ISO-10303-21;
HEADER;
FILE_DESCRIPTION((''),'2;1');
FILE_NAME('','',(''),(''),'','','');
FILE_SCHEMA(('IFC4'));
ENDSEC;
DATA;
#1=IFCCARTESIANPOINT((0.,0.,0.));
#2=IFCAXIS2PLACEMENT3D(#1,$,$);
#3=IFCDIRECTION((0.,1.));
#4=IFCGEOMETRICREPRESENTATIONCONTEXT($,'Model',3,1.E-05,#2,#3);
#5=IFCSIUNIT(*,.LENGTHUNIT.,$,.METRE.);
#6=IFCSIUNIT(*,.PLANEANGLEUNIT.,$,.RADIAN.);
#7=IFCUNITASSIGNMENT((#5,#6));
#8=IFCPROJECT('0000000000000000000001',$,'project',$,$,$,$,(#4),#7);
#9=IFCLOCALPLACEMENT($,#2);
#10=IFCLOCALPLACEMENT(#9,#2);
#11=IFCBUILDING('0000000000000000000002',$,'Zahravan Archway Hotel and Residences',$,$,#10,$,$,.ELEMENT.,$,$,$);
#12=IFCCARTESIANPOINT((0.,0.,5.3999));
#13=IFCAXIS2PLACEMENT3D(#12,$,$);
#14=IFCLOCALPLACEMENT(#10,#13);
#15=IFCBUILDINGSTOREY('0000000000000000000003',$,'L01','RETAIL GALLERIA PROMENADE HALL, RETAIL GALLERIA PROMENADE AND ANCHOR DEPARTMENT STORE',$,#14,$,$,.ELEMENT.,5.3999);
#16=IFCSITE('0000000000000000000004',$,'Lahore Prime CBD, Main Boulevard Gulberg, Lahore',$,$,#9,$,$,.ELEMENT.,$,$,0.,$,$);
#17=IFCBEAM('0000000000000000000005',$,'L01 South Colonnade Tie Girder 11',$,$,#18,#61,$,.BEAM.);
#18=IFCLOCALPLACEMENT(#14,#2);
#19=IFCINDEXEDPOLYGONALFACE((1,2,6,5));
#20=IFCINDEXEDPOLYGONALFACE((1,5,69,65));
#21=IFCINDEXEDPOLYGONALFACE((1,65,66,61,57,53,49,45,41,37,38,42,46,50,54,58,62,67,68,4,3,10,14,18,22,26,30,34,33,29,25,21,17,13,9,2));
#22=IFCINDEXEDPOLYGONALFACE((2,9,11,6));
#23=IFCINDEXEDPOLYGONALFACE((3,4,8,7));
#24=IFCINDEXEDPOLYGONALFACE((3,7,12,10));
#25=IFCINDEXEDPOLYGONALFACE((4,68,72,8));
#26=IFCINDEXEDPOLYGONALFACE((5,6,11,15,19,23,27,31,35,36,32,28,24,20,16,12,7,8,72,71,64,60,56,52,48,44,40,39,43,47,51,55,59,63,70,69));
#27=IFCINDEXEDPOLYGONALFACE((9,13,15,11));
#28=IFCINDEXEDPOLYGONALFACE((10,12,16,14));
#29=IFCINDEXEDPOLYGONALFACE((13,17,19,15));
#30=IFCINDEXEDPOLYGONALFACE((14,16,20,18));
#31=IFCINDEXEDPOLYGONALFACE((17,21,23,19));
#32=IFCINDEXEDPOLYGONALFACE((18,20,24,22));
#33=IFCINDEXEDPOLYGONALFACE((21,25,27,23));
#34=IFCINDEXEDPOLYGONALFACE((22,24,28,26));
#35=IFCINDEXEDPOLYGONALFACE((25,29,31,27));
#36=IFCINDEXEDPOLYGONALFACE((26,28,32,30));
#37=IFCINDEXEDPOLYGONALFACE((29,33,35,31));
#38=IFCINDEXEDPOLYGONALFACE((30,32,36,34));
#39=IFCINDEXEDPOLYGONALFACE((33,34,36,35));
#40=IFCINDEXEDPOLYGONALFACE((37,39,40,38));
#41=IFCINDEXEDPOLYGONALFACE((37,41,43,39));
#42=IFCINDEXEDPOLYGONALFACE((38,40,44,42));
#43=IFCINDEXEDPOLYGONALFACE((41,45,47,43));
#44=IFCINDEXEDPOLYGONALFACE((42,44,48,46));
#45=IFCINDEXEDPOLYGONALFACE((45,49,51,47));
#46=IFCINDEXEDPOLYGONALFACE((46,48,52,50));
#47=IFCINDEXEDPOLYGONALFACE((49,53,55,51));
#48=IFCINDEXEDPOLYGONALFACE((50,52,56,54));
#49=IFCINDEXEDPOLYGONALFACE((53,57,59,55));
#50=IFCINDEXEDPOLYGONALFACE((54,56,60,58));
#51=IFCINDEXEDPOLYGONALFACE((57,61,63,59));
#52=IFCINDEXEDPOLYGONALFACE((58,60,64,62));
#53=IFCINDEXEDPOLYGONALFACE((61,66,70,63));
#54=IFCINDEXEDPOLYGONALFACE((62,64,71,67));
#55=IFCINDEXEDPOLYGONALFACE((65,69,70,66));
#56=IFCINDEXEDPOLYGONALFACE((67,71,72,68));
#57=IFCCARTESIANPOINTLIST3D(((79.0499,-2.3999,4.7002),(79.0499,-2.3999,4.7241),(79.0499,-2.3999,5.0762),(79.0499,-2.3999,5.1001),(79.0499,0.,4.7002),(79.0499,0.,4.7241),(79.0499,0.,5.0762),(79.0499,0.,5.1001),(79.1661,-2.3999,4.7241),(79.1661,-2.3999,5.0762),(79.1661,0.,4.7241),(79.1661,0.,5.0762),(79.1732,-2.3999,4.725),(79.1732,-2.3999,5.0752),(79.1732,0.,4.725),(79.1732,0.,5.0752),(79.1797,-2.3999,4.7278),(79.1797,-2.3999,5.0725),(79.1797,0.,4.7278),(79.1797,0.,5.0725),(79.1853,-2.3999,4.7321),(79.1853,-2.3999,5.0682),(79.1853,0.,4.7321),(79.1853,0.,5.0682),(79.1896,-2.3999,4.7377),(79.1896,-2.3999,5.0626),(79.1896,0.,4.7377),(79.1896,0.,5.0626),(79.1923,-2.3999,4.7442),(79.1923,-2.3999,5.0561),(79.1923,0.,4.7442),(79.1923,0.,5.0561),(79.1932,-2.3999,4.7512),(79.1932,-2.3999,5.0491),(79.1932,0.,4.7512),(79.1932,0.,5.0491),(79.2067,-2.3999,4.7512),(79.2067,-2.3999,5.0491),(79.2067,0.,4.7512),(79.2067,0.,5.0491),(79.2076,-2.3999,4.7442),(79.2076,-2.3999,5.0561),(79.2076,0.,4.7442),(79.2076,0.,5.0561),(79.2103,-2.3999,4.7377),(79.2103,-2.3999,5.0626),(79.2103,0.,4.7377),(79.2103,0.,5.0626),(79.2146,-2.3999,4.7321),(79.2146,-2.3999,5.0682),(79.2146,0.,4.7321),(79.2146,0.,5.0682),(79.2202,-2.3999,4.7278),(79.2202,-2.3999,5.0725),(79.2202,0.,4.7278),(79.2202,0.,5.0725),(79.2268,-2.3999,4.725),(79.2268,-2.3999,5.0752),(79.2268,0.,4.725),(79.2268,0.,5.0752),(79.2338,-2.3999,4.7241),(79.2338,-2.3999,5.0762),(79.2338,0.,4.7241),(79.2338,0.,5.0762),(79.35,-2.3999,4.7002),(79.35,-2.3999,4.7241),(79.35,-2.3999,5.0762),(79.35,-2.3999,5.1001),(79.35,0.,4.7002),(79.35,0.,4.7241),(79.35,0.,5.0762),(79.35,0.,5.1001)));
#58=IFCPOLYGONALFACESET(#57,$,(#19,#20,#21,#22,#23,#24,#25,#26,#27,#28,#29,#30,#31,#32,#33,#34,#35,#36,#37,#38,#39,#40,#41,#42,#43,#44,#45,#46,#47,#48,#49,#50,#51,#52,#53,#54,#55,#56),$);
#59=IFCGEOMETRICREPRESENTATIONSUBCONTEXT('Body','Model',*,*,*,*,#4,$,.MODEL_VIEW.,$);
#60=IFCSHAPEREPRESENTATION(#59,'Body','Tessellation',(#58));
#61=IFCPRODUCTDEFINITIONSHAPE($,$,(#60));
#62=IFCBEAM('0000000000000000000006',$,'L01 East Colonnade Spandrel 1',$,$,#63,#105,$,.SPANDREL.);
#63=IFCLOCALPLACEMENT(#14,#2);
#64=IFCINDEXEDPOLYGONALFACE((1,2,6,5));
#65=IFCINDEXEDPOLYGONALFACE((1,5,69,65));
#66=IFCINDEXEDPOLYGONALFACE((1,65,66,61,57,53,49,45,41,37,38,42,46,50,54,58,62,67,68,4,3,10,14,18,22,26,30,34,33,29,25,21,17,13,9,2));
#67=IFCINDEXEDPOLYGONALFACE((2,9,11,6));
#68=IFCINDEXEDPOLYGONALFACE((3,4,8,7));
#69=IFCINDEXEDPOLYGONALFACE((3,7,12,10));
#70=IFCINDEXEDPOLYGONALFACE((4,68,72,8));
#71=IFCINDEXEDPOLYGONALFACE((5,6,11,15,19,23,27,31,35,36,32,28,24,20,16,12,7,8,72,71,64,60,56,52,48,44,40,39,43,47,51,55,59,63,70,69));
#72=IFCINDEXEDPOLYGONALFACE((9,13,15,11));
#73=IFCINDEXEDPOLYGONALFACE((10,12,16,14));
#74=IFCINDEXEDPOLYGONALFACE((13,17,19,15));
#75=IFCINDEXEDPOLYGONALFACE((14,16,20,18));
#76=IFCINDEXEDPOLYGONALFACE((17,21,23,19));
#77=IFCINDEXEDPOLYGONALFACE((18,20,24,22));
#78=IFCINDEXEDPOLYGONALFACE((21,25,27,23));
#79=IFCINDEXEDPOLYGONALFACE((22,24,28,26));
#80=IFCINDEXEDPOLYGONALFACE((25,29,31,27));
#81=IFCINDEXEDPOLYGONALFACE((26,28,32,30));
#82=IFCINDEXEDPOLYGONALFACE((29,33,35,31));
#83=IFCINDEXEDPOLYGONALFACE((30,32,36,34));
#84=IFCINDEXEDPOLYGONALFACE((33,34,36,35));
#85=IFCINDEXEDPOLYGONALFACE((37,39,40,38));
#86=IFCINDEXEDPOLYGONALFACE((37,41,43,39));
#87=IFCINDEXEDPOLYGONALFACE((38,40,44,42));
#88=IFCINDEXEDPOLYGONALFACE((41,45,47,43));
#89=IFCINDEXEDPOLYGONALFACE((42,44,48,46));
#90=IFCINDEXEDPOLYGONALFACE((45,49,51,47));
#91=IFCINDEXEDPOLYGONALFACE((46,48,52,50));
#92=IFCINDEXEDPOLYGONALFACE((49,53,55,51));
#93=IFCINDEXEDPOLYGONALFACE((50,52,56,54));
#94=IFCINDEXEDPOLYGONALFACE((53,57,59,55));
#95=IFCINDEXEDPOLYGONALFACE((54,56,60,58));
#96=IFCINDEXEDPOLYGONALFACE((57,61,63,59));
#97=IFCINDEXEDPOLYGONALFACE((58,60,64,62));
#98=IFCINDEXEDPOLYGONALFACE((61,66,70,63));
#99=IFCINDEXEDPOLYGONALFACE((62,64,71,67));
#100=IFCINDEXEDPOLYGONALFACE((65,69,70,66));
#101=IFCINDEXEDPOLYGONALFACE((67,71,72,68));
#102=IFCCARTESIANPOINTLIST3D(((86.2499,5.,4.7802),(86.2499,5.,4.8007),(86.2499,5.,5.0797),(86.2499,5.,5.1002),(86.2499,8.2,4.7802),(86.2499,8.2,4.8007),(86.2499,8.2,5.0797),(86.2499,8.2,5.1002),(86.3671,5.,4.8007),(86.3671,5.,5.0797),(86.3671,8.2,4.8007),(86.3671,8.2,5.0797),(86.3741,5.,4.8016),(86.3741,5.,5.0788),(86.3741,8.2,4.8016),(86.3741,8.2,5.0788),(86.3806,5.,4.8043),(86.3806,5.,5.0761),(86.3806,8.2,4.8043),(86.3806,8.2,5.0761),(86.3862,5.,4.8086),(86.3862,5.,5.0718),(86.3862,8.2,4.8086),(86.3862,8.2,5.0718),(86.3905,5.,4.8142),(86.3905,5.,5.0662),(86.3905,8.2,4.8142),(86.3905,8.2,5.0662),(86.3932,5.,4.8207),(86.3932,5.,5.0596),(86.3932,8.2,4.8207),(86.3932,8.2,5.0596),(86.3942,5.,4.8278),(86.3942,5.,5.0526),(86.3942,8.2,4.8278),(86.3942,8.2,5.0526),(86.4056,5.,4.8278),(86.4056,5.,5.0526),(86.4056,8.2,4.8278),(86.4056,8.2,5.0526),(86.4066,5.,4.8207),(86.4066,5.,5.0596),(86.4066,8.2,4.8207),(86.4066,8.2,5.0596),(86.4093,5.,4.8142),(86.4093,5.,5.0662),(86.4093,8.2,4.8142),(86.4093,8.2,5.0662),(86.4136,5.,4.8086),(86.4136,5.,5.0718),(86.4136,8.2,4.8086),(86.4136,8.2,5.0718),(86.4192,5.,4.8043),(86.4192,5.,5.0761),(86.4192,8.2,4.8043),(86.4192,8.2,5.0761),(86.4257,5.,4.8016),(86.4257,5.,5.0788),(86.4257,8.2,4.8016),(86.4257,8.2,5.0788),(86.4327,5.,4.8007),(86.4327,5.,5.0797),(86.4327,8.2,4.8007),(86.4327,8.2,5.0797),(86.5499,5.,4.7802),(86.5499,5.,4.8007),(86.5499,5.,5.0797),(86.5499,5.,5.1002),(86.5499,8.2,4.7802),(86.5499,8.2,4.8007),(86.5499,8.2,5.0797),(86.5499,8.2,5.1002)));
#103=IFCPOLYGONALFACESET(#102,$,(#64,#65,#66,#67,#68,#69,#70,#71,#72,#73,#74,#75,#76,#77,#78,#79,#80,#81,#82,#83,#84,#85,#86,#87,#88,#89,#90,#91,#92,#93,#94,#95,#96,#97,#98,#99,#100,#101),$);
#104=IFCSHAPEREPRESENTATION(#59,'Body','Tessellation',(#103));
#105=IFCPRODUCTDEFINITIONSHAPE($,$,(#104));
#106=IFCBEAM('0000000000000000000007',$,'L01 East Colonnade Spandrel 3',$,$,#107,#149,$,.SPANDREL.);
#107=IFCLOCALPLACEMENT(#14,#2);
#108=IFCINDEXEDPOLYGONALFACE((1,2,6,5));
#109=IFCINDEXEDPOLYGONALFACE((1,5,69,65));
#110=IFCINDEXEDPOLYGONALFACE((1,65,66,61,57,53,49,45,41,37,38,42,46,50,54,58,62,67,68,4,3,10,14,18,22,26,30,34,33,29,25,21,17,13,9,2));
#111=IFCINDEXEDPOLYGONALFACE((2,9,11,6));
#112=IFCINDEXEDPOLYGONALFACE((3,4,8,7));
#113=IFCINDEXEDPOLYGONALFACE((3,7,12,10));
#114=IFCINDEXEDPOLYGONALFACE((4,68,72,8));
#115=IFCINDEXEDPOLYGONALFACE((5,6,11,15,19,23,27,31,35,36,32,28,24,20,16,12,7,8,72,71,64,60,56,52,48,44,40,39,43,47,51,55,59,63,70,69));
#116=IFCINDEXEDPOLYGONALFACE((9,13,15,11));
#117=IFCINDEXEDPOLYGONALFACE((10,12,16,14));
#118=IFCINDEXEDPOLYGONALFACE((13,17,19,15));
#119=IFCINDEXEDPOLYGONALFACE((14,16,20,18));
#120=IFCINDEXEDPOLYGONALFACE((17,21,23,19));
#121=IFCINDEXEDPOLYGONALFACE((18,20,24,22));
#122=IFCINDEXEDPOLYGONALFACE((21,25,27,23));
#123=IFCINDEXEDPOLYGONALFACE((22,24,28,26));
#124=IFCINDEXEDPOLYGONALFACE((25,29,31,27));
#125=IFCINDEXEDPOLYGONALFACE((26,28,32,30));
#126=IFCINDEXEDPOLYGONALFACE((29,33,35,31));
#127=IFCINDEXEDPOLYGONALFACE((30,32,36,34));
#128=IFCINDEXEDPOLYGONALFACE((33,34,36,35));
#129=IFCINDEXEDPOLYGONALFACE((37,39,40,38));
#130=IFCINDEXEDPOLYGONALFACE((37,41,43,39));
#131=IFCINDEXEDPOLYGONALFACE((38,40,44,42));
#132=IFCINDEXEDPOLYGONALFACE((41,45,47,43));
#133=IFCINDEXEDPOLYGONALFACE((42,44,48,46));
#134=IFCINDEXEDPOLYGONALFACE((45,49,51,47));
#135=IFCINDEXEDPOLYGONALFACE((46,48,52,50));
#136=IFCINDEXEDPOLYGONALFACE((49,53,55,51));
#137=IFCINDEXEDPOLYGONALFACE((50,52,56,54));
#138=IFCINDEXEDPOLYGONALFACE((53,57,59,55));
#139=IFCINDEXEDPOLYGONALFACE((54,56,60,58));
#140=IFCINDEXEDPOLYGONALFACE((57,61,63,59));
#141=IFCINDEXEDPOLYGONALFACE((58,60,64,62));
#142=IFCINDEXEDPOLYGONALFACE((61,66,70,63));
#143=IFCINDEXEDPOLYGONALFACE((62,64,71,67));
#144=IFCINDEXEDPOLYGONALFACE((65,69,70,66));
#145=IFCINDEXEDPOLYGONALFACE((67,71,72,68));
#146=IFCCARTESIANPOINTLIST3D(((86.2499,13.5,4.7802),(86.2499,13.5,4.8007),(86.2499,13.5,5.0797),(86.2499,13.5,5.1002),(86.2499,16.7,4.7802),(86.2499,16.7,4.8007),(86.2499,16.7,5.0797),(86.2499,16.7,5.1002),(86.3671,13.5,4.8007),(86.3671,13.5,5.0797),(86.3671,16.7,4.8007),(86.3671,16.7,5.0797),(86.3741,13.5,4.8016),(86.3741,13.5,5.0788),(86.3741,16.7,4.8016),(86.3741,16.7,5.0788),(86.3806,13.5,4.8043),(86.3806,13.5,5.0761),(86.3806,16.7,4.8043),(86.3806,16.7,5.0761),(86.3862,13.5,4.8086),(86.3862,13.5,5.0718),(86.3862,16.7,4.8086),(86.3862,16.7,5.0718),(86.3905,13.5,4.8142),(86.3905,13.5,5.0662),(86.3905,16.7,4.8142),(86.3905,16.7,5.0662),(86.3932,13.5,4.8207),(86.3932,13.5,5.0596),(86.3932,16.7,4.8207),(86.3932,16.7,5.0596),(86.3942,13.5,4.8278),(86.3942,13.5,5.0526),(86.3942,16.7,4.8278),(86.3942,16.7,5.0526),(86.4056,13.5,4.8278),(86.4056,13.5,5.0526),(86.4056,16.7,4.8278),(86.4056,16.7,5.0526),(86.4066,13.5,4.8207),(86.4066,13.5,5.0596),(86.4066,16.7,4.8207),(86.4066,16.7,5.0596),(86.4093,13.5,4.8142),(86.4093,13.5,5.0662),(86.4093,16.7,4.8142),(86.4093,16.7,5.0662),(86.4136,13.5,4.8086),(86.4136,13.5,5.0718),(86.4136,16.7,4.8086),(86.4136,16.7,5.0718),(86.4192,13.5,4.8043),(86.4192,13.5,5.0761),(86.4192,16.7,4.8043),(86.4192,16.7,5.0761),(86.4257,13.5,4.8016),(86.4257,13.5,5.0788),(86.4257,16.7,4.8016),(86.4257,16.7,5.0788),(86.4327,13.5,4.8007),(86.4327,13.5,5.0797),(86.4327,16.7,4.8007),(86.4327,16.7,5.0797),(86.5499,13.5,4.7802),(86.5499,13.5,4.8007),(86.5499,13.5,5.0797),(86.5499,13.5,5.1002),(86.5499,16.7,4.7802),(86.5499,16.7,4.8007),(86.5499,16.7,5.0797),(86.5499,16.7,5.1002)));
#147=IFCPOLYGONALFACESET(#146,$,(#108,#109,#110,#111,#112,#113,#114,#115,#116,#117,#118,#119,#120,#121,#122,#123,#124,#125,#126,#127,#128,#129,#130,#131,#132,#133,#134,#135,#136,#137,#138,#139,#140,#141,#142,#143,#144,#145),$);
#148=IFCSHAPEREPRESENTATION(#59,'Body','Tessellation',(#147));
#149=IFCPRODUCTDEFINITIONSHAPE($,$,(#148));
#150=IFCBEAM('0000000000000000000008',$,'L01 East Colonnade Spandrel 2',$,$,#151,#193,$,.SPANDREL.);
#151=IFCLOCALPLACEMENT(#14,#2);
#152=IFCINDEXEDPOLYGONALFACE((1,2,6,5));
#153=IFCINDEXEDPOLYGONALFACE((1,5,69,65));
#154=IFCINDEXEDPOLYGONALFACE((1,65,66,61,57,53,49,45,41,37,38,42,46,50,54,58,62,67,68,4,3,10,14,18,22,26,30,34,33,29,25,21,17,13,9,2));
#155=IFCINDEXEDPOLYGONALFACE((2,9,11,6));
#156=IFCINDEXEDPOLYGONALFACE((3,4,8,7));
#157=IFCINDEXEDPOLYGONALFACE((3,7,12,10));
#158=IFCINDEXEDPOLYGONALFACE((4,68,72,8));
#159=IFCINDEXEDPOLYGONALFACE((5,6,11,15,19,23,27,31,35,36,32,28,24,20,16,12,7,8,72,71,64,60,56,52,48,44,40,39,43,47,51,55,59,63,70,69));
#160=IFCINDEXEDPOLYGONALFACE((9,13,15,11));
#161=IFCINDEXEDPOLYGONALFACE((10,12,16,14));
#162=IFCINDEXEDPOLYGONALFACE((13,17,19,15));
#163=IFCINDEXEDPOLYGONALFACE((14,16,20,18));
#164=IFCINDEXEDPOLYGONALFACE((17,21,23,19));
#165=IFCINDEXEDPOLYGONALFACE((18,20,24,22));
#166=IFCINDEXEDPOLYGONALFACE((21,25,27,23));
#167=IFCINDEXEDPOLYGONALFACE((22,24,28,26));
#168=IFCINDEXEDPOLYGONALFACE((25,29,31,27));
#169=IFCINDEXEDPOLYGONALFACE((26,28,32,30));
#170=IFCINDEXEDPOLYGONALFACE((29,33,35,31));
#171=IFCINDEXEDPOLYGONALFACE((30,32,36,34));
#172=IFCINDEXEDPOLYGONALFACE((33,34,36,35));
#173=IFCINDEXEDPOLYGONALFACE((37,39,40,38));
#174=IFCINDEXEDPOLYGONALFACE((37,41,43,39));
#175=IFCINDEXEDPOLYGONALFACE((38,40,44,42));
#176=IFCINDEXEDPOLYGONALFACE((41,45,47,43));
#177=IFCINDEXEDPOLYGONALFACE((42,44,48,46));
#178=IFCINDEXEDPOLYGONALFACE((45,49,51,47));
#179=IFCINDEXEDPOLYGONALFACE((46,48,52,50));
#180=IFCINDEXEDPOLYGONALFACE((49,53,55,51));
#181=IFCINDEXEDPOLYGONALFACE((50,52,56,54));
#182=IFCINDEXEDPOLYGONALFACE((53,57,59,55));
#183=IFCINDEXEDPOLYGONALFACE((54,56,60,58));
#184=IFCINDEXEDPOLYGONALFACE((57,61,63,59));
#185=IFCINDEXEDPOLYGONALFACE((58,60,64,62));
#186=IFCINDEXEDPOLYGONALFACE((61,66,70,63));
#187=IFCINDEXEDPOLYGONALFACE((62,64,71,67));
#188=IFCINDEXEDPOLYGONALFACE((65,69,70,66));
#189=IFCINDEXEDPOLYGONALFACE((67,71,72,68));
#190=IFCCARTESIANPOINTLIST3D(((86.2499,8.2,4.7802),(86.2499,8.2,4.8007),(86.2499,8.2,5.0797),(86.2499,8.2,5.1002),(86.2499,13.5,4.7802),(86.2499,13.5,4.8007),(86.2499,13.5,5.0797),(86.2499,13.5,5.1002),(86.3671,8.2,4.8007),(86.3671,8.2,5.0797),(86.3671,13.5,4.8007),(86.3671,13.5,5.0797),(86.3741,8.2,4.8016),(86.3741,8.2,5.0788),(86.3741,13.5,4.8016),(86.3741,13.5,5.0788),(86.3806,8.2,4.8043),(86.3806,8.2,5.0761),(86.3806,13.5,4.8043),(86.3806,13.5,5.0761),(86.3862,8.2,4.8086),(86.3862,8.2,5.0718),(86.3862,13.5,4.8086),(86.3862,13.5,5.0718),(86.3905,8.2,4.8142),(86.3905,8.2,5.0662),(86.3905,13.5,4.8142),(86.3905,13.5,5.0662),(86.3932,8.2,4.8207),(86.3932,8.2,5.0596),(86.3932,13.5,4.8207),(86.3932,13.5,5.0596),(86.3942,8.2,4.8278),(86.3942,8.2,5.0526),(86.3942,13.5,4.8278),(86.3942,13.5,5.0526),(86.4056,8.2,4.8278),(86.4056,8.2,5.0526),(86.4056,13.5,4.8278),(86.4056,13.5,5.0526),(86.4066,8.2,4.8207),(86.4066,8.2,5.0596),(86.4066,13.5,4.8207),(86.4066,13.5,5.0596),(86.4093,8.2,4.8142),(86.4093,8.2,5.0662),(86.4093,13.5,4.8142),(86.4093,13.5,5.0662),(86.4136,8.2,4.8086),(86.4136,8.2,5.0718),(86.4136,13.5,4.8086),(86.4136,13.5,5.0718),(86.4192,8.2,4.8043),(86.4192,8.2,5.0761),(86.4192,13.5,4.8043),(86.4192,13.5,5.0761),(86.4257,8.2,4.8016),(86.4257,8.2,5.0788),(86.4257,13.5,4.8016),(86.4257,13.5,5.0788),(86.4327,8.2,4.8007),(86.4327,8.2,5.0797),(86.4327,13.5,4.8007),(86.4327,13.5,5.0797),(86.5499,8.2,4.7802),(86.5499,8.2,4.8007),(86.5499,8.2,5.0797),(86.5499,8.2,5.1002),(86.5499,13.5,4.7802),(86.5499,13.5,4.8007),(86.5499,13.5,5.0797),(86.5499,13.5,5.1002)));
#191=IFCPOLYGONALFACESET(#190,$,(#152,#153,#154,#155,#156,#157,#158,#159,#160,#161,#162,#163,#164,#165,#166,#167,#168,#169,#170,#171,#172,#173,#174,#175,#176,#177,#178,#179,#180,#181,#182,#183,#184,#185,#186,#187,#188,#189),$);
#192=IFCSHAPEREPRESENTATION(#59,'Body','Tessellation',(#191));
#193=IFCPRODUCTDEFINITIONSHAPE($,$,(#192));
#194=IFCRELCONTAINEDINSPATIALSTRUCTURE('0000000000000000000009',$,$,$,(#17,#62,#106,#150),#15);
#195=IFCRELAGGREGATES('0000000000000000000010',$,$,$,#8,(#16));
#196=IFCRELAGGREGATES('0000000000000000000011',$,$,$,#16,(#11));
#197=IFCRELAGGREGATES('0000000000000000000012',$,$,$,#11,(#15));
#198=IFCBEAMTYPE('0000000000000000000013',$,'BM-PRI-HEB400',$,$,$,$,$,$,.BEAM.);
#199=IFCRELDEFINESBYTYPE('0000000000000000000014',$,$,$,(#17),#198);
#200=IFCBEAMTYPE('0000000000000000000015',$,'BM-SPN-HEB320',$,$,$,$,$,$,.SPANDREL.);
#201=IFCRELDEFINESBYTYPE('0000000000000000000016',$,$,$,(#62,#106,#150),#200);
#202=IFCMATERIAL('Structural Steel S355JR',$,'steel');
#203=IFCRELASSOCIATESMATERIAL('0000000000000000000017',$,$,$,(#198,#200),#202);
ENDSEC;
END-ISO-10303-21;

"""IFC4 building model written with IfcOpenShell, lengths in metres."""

from ifc_helpers import new_model, si_unit, direction, frame, origin, origin_2d, place, context, subcontext, project, spatial, i_section, extrude, source, transform, mapped, material, material_profile, profile_set, type_object, element, save


model = new_model("IFC4")

# Units and contexts
model_context = context("Model", 3, precision=1e-05, world=origin(), true_north=direction((0.0, 1.0)))
body_context = subcontext(model_context, "Body", "Model", "MODEL_VIEW")
ifc_project = project(units=[si_unit("LENGTHUNIT", "METRE"), si_unit("PLANEANGLEUNIT", "RADIAN")], contexts=[model_context])

# Site, building, storey
site_placement = place(None, origin())
site = spatial("IfcSite", under=ifc_project, at=site_placement, Name="Lahore Prime CBD, Main Boulevard Gulberg, Lahore", CompositionType="ELEMENT", RefElevation=0.0)
building_placement = place(site_placement, origin())
building = spatial("IfcBuilding", under=site, at=building_placement, Name="Zahravan Archway Hotel and Residences", CompositionType="ELEMENT")
storey_placement = place(building_placement, frame((0.0, 0.0, 5.3999)))
storey = spatial("IfcBuildingStorey", under=building, at=storey_placement, Name="L01", Description="RETAIL GALLERIA PROMENADE HALL, RETAIL GALLERIA PROMENADE AND ANCHOR DEPARTMENT STORE", CompositionType="ELEMENT", Elevation=5.3999)

# Beams
ifc_material_1 = material(Name="Structural Steel S355JR", Category="steel")
ifc_material_profile_1 = material_profile(ifc_material_1, i_section(OverallWidth=0.3, OverallDepth=0.3999, WebThickness=0.0134, FlangeThickness=0.0239, FilletRadius=0.0271, at=origin_2d()), Name="HEB 400", Category="steel")
ifc_profile_set_1 = profile_set([ifc_material_profile_1], Name="Structural Steel S355JR")
beam_type_1 = type_object("IfcBeamType", Name="BM-PRI-HEB400", PredefinedType="BEAM", material=ifc_profile_set_1)
shared_shape_1 = source(origin(), body_context, "Body", "SweptSolid", [
    extrude(i_section(OverallWidth=0.3, OverallDepth=0.3999, WebThickness=0.0134, FlangeThickness=0.0239, FilletRadius=0.0271, at=origin_2d()), origin(), (0.0, 0.0, 1.0), 2.3999),
])
beam_1_placement = place(storey_placement, frame((79.2, -2.3999, 4.9001), z_axis=(0.0, 1.0, 0.0), x_axis=(-1.0, 0.0, 0.0)))
element("IfcBeam", 1, at=beam_1_placement, inside=storey, type_object=beam_type_1, Name="L01 South Colonnade Tie Girder 11", PredefinedType="BEAM", context=body_context, shape_type="MappedRepresentation", body=[
    mapped(shared_shape_1, transform((0.0, 0.0, 0.0), scale=1.0)),
])
ifc_material_profile_2 = material_profile(ifc_material_1, i_section(OverallWidth=0.3, OverallDepth=0.3201, WebThickness=0.0115, FlangeThickness=0.0205, FilletRadius=0.0271, at=origin_2d()), Name="HEB 320", Category="steel")
ifc_profile_set_2 = profile_set([ifc_material_profile_2], Name="Structural Steel S355JR")
beam_type_2 = type_object("IfcBeamType", Name="BM-SPN-HEB320", PredefinedType="SPANDREL", material=ifc_profile_set_2)
shared_shape_2 = source(origin(), body_context, "Body", "SweptSolid", [
    extrude(i_section(OverallWidth=0.3, OverallDepth=0.3201, WebThickness=0.0115, FlangeThickness=0.0205, FilletRadius=0.0271, at=origin_2d()), origin(), (0.0, 0.0, 1.0), 3.2),
])
for number, where, z_axis, x_axis, name in (
    (2, (86.3999, 5.0, 4.9402), (0.0, 1.0, 0.0), (-1.0, 0.0, 0.0), "L01 East Colonnade Spandrel 1"),
    (3, (86.3999, 13.5, 4.9402), (0.0, 1.0, 0.0), (-1.0, 0.0, 0.0), "L01 East Colonnade Spandrel 3"),
):
    element("IfcBeam", number, at=place(storey_placement, frame(where, z_axis=z_axis, x_axis=x_axis)), inside=storey, type_object=beam_type_2, Name=name, PredefinedType="SPANDREL", context=body_context, shape_type="MappedRepresentation", body=[
        mapped(shared_shape_2, transform((0.0, 0.0, 0.0), scale=1.0)),
    ])
shared_shape_3 = source(origin(), body_context, "Body", "SweptSolid", [
    extrude(i_section(OverallWidth=0.3, OverallDepth=0.3201, WebThickness=0.0115, FlangeThickness=0.0205, FilletRadius=0.0271, at=origin_2d()), origin(), (0.0, 0.0, 1.0), 5.3),
])
for number, where, z_axis, x_axis, name in (
    (4, (86.3999, 8.2, 4.9402), (0.0, 1.0, 0.0), (-1.0, 0.0, 0.0), "L01 East Colonnade Spandrel 2"),
):
    element("IfcBeam", number, at=place(storey_placement, frame(where, z_axis=z_axis, x_axis=x_axis)), inside=storey, type_object=beam_type_2, Name=name, PredefinedType="SPANDREL", context=body_context, shape_type="MappedRepresentation", body=[
        mapped(shared_shape_3, transform((0.0, 0.0, 0.0), scale=1.0)),
    ])

save(model, "model.ifc")
